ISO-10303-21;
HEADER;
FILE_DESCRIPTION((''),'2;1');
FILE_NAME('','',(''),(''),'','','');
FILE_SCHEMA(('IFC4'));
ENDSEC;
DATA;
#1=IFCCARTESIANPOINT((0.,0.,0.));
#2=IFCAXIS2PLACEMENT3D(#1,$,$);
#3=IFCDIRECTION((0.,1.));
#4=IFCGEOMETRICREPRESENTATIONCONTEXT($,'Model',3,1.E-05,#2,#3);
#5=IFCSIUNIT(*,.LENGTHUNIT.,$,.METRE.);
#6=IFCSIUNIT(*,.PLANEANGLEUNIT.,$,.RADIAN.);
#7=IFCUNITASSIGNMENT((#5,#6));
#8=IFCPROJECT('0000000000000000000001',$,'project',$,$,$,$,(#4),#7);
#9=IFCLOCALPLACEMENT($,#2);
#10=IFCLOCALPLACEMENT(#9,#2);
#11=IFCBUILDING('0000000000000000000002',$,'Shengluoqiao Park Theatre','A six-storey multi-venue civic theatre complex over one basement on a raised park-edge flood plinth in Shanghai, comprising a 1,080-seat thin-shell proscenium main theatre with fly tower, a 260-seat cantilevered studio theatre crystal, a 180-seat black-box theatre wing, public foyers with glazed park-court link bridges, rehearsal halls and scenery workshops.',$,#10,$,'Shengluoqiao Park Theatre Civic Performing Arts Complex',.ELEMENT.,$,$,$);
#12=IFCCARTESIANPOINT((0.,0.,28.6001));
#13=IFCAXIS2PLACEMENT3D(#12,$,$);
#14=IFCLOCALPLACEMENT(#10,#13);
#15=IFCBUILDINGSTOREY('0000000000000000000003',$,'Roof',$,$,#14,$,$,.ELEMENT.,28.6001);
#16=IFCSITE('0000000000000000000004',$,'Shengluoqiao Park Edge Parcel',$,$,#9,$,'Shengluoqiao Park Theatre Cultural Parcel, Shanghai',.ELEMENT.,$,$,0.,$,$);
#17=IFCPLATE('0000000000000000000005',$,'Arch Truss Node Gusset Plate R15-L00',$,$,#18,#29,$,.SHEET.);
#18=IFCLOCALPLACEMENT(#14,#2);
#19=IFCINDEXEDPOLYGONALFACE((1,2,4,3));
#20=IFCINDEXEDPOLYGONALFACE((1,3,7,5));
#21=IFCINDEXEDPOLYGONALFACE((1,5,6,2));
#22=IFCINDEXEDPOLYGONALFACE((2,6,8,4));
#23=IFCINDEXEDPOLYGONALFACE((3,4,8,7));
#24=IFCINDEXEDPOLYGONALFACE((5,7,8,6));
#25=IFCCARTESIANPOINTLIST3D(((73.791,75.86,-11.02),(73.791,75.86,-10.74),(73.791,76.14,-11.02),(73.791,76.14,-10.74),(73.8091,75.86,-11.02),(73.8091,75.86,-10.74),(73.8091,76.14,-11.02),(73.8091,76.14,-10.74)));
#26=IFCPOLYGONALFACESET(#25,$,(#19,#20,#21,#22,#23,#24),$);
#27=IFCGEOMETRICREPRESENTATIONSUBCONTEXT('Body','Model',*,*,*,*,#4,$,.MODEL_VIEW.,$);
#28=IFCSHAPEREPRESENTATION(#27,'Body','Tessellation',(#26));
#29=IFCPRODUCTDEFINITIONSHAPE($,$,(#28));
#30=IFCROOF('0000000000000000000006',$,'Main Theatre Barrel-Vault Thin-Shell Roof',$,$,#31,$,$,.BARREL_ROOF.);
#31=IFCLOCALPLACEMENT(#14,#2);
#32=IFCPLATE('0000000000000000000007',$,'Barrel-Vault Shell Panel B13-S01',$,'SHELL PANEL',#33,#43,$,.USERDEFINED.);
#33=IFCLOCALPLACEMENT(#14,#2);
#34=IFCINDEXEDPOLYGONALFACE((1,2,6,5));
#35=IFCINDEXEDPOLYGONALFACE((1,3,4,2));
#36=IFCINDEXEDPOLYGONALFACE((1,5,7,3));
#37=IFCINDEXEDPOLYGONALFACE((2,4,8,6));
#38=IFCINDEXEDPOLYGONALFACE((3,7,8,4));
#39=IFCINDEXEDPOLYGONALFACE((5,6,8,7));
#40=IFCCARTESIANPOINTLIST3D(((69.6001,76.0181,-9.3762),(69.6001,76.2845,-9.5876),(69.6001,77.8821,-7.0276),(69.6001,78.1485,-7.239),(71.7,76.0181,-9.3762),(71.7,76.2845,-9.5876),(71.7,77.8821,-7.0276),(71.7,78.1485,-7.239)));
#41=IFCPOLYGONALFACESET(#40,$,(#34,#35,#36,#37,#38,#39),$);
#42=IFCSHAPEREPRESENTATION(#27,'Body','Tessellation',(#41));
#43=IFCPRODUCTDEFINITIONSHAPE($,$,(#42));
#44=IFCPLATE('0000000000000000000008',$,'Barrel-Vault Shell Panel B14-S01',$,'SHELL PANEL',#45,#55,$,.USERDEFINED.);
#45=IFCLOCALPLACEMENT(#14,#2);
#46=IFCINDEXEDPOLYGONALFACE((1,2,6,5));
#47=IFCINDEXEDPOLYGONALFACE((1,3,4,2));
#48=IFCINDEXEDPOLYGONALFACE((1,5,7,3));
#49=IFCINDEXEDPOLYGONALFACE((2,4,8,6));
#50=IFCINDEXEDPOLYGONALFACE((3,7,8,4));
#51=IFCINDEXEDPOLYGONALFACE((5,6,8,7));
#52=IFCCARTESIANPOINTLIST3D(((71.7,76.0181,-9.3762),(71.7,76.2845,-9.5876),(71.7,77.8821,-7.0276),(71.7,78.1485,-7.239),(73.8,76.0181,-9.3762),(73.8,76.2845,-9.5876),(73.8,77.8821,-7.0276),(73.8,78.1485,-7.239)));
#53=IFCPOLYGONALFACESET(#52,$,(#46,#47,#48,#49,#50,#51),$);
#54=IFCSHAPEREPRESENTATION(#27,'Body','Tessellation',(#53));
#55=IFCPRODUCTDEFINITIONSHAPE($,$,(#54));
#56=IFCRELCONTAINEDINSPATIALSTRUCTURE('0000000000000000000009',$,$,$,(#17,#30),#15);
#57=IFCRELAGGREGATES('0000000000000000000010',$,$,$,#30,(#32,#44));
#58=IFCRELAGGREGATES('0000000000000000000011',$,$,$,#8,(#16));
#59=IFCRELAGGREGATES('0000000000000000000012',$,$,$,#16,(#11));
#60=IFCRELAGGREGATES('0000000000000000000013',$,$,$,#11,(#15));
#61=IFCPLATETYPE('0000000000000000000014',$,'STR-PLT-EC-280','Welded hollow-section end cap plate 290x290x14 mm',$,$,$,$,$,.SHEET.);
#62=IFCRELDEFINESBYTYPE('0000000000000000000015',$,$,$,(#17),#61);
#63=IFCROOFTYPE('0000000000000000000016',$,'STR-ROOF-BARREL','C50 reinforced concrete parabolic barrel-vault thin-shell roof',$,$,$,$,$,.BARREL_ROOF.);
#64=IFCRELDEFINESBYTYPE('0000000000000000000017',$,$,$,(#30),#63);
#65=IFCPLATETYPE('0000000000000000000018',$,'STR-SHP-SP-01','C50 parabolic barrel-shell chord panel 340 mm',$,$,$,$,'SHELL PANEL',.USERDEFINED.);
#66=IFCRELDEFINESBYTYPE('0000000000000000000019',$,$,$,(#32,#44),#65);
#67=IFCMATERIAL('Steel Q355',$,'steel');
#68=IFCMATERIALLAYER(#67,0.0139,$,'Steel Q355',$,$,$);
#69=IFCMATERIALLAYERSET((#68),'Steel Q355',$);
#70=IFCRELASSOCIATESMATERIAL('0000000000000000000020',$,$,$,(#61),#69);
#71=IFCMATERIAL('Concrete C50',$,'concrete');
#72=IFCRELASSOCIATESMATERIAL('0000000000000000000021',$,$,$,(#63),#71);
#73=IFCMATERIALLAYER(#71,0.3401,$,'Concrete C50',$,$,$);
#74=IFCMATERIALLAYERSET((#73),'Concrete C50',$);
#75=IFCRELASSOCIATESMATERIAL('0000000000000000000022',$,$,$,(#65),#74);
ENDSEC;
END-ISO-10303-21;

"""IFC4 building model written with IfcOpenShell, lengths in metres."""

from ifc_helpers import new_model, si_unit, direction, frame, origin, origin_2d, place, context, subcontext, project, spatial, polyline, rectangle, outline, extrude, material, layer, layer_set, type_object, element, aggregate, save


model = new_model("IFC4")

# Units and contexts
model_context = context("Model", 3, precision=1e-05, world=origin(), true_north=direction((0.0, 1.0)))
body_context = subcontext(model_context, "Body", "Model", "MODEL_VIEW")
ifc_project = project(units=[si_unit("LENGTHUNIT", "METRE"), si_unit("PLANEANGLEUNIT", "RADIAN")], contexts=[model_context])

# Site, building, storey
site_placement = place(None, origin())
site = spatial("IfcSite", under=ifc_project, at=site_placement, Name="Shengluoqiao Park Edge Parcel", LongName="Shengluoqiao Park Theatre Cultural Parcel, Shanghai", CompositionType="ELEMENT", RefElevation=0.0)
building_placement = place(site_placement, origin())
building = spatial("IfcBuilding", under=site, at=building_placement, Name="Shengluoqiao Park Theatre", Description="A six-storey multi-venue civic theatre complex over one basement on a raised park-edge flood plinth in Shanghai, comprising a 1,080-seat thin-shell proscenium main theatre with fly tower, a 260-seat cantilevered studio theatre crystal, a 180-seat black-box theatre wing, public foyers with glazed park-court link bridges, rehearsal halls and scenery workshops.", LongName="Shengluoqiao Park Theatre Civic Performing Arts Complex", CompositionType="ELEMENT")
storey_placement = place(building_placement, frame((0.0, 0.0, 28.6001)))
storey = spatial("IfcBuildingStorey", under=building, at=storey_placement, Name="Roof", CompositionType="ELEMENT", Elevation=28.6001)

# Shared definitions
ifc_material_1 = material(Name="Concrete C50", Category="concrete")
ifc_material_2 = material(Name="Steel Q355", Category="steel")

# Plate
ifc_layer_1 = layer(ifc_material_2, 0.0139, Name="Steel Q355")
ifc_layer_set_1 = layer_set([ifc_layer_1], Name="Steel Q355")
plate_type_1 = type_object("IfcPlateType", Name="STR-PLT-EC-280", Description="Welded hollow-section end cap plate 290x290x14 mm", PredefinedType="SHEET", material=ifc_layer_set_1)
for number, where, z_axis, x_axis, name in (
    (1, (73.8, 76.0, -11.02), (0.0, 0.0, 1.0), (1.0, 0.0, 0.0), "Arch Truss Node Gusset Plate R15-L00"),
):
    element("IfcPlate", number, at=place(storey_placement, frame(where, z_axis=z_axis, x_axis=x_axis)), inside=storey, type_object=plate_type_1, Name=name, PredefinedType="SHEET", context=body_context, shape_type="SweptSolid", body=[
        extrude(rectangle(XDim=0.0181, YDim=0.28, at=origin_2d()), origin(), (0.0, 0.0, 1.0), 0.28),
    ])

# Roof, plates
roof_type = type_object("IfcRoofType", Name="STR-ROOF-BARREL", Description="C50 reinforced concrete parabolic barrel-vault thin-shell roof", PredefinedType="BARREL_ROOF", material=ifc_material_1)
roof_placement = place(storey_placement, origin())
roof = element("IfcRoof", 2, at=roof_placement, inside=storey, type_object=roof_type, Name="Main Theatre Barrel-Vault Thin-Shell Roof", PredefinedType="BARREL_ROOF")
ifc_layer_2 = layer(ifc_material_1, 0.3401, Name="Concrete C50")
ifc_layer_set_2 = layer_set([ifc_layer_2], Name="Concrete C50")
plate_type_2 = type_object("IfcPlateType", Name="STR-SHP-SP-01", Description="C50 parabolic barrel-shell chord panel 340 mm", ElementType="SHELL PANEL", PredefinedType="USERDEFINED", material=ifc_layer_set_2)
plate_1_placement = place(storey_placement, frame((69.6001, 76.0181, -9.3762), z_axis=(0.0, -0.783286, 0.621662), x_axis=(1.0, 0.0, 0.0)))
plate_1 = element("IfcPlate", 3, at=plate_1_placement, type_object=plate_type_2, Name="Barrel-Vault Shell Panel B13-S01", ObjectType="SHELL PANEL", PredefinedType="USERDEFINED", context=body_context, shape_type="SweptSolid", body=[
    extrude(outline(polyline([(0.0, 0.0), (2.0999, 0.0), (2.0999, 2.9984), (0.0, 2.9984), (0.0, 0.0)])), origin(), (0.0, 0.0, -1.0), 0.3401),
])
plate_2_placement = place(storey_placement, frame((71.7, 76.0181, -9.3762), z_axis=(0.0, -0.783286, 0.621662), x_axis=(1.0, 0.0, 0.0)))
plate_2 = element("IfcPlate", 4, at=plate_2_placement, type_object=plate_type_2, Name="Barrel-Vault Shell Panel B14-S01", ObjectType="SHELL PANEL", PredefinedType="USERDEFINED", context=body_context, shape_type="SweptSolid", body=[
    extrude(outline(polyline([(0.0, 0.0), (2.1001, 0.0), (2.1001, 2.9984), (0.0, 2.9984), (0.0, 0.0)])), origin(), (0.0, 0.0, -1.0), 0.3401),
])
aggregate(roof, [plate_1, plate_2])

save(model, "model.ifc")
